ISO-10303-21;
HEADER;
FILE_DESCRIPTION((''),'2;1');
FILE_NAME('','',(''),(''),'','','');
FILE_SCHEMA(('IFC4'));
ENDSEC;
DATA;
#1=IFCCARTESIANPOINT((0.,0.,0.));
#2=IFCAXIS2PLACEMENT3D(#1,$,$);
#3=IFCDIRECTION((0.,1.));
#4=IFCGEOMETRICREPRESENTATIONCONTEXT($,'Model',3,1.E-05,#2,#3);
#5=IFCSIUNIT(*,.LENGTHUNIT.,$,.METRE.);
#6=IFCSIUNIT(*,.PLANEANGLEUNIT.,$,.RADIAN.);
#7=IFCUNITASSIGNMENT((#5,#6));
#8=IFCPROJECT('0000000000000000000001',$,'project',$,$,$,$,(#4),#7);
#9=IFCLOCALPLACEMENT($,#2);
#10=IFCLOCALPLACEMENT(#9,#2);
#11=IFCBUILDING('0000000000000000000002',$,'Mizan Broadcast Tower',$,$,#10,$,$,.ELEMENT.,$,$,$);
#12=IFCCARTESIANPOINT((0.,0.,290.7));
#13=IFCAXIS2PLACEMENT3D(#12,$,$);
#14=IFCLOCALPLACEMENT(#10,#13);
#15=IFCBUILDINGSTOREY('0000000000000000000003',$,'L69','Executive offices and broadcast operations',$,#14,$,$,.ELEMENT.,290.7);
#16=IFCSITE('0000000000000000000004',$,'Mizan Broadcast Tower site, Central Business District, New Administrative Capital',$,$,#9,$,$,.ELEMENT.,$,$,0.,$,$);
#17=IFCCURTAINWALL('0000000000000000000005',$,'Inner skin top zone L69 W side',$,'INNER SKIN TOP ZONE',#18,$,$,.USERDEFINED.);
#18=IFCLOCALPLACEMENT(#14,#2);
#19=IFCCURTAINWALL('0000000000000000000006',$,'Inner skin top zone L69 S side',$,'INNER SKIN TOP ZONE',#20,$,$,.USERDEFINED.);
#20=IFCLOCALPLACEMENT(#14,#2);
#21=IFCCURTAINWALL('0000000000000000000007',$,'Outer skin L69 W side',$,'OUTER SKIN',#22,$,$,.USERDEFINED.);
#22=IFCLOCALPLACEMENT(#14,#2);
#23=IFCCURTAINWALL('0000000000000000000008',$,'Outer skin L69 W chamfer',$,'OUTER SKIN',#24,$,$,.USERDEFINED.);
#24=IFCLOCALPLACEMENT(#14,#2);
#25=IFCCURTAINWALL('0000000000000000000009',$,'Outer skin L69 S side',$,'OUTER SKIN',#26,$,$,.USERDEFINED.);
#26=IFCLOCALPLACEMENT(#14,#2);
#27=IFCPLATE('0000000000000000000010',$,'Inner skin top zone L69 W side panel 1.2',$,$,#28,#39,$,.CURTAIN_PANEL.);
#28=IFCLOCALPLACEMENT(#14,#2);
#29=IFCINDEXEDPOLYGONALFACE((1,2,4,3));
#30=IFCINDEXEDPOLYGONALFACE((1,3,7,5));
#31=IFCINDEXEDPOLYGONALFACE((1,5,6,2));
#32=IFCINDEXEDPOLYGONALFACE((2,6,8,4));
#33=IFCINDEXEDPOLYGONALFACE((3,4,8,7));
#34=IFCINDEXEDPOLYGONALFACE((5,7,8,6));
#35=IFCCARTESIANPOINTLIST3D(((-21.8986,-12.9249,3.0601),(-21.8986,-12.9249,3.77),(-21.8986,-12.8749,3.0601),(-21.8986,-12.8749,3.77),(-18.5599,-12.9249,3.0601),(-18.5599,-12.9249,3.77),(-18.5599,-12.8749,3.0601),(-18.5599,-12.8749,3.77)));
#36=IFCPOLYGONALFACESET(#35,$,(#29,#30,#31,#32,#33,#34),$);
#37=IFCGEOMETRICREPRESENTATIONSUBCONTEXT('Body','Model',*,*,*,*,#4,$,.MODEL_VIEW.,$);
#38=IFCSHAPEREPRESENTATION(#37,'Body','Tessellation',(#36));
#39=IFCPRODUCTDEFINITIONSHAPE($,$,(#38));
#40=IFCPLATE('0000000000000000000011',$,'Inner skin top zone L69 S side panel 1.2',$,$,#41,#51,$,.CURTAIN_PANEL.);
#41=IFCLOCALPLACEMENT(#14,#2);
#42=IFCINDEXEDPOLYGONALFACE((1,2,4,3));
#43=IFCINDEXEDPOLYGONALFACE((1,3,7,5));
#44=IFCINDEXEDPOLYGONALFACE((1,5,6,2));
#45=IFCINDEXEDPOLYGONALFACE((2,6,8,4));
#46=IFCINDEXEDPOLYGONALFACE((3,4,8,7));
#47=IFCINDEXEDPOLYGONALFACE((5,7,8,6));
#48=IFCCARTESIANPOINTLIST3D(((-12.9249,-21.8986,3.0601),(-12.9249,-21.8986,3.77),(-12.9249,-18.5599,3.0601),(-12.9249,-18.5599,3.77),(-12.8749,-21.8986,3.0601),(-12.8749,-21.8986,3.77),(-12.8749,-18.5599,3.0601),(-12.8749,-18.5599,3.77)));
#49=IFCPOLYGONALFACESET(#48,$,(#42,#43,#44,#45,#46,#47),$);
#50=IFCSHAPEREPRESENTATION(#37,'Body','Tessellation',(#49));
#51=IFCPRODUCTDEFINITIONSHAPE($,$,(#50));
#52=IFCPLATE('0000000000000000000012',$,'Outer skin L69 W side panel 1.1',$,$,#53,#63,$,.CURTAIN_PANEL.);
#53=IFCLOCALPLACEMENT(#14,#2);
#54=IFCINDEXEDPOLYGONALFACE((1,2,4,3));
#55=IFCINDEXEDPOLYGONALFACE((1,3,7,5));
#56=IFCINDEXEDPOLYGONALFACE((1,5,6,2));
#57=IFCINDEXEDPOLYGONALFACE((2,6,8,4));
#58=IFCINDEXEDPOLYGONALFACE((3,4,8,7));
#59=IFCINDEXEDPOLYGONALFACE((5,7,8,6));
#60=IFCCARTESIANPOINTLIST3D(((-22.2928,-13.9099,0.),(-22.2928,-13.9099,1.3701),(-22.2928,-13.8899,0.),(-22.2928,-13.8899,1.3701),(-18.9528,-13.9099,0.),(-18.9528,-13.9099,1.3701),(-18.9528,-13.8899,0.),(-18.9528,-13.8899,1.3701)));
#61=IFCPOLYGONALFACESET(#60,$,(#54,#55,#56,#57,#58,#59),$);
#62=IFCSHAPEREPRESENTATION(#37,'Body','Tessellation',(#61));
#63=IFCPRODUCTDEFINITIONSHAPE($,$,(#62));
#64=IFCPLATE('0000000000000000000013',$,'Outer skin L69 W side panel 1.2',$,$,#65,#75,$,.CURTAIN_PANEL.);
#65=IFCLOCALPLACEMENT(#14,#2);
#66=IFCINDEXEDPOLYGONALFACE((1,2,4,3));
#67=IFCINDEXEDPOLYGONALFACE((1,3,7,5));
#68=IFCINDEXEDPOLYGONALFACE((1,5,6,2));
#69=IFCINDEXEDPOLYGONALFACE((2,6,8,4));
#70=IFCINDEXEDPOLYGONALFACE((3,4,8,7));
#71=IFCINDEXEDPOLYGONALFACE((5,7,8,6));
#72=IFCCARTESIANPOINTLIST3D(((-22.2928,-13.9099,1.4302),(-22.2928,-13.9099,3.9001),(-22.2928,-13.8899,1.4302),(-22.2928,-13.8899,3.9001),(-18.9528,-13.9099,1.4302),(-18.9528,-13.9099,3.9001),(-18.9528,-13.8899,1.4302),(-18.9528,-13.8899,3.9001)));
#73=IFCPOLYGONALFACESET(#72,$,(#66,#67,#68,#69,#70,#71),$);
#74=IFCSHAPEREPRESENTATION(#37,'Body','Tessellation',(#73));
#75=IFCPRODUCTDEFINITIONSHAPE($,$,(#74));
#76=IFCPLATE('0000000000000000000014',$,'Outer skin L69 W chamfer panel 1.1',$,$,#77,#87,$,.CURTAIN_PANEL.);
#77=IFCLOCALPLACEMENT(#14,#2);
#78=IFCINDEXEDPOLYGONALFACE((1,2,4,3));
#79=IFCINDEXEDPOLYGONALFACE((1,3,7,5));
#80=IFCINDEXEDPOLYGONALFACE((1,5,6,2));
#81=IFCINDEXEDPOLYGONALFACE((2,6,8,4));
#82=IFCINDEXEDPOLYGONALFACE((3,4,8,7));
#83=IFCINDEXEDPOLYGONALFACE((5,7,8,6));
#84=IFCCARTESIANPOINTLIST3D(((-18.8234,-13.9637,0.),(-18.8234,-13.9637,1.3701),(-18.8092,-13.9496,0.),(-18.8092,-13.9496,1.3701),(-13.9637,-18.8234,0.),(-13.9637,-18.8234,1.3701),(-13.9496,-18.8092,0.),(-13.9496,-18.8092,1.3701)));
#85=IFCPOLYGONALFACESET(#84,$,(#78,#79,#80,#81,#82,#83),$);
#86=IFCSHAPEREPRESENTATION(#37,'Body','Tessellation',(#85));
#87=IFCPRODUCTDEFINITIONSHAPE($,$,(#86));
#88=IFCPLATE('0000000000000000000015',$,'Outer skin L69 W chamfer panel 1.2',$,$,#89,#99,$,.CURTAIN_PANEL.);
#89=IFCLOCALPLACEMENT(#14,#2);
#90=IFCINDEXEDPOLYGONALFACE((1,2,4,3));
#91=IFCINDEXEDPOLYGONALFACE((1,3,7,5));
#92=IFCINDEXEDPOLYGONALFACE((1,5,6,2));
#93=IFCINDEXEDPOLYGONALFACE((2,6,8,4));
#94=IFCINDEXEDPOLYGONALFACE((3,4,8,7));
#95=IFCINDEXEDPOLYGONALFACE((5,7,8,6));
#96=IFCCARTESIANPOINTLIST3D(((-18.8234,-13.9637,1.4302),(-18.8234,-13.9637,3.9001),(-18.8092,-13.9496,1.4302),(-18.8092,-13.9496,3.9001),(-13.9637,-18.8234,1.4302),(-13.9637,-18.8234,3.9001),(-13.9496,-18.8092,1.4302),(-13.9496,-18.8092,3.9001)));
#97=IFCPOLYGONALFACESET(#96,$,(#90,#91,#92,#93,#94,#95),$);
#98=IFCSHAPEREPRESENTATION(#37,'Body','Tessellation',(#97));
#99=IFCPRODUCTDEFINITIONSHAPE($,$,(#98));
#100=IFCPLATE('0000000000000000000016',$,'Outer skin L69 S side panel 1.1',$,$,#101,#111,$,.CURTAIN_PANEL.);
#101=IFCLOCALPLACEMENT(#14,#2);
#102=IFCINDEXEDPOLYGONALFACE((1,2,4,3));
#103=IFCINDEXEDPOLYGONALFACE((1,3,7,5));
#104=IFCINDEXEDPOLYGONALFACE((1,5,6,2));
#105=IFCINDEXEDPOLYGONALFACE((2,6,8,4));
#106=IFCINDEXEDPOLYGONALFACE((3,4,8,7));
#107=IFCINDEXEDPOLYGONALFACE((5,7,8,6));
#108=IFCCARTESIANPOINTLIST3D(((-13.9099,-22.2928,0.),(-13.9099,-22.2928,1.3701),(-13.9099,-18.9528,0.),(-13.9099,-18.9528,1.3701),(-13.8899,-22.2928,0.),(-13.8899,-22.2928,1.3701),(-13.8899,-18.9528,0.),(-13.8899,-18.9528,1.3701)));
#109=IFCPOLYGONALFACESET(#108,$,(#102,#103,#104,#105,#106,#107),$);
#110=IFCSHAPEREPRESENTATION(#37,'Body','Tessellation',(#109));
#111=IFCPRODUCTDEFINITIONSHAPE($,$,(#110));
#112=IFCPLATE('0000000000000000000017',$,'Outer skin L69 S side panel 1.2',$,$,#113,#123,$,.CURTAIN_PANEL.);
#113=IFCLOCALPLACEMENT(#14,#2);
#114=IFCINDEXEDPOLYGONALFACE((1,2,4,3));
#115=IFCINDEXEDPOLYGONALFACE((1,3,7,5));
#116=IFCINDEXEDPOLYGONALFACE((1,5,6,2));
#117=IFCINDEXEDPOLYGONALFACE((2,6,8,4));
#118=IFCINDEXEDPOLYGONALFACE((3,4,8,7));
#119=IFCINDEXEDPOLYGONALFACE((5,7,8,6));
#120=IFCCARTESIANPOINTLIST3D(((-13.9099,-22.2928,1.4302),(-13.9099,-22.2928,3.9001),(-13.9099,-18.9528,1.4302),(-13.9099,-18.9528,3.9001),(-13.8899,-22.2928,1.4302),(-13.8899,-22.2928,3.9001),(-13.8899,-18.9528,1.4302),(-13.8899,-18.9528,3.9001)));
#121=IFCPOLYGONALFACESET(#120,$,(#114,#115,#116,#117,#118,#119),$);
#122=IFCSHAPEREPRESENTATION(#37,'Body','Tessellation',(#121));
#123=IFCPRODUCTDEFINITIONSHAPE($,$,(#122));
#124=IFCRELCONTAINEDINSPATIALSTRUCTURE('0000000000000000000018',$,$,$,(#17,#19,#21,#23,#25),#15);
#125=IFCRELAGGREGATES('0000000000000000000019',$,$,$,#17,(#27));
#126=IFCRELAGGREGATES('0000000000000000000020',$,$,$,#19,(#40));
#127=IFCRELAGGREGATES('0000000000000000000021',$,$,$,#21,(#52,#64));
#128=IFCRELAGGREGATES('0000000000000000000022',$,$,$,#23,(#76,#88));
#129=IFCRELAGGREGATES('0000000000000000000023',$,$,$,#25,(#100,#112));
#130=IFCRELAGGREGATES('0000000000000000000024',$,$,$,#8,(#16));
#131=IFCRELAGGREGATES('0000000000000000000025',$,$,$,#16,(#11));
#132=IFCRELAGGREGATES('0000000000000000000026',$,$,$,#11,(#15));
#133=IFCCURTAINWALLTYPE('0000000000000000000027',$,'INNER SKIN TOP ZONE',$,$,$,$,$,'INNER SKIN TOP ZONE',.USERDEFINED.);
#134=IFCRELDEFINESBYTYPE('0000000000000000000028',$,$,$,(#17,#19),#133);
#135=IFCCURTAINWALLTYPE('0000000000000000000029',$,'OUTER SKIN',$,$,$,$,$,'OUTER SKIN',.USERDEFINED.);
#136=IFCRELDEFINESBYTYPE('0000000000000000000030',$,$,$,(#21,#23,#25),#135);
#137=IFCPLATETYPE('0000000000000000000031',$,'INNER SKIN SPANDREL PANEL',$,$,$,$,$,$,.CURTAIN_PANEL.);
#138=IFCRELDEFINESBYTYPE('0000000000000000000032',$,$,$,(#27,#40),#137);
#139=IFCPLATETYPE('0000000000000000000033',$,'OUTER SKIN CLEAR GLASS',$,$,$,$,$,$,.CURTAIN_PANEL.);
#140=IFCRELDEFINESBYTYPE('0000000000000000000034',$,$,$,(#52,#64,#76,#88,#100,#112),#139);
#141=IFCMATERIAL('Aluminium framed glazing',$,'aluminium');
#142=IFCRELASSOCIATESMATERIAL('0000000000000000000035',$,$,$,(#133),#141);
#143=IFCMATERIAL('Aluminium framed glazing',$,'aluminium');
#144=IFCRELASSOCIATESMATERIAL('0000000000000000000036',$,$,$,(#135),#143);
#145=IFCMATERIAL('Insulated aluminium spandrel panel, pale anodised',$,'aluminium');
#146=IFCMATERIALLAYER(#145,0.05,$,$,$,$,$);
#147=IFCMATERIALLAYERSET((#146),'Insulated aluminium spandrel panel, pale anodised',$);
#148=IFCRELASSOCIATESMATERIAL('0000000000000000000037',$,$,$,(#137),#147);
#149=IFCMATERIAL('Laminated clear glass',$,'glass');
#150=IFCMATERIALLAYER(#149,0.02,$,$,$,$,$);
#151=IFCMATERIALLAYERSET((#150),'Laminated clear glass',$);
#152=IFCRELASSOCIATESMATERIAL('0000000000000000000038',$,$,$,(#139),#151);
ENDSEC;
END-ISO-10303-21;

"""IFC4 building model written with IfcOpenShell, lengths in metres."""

from ifc_helpers import new_model, si_unit, direction, frame, origin, origin_2d, place, context, subcontext, project, spatial, rectangle, extrude, material, layer, layer_set, type_object, element, aggregate, save


model = new_model("IFC4")

# Units and contexts
model_context = context("Model", 3, precision=1e-05, world=origin(), true_north=direction((0.0, 1.0)))
body_context = subcontext(model_context, "Body", "Model", "MODEL_VIEW")
ifc_project = project(units=[si_unit("LENGTHUNIT", "METRE"), si_unit("PLANEANGLEUNIT", "RADIAN")], contexts=[model_context])

# Site, building, storey
site_placement = place(None, origin())
site = spatial("IfcSite", under=ifc_project, at=site_placement, Name="Mizan Broadcast Tower site, Central Business District, New Administrative Capital", CompositionType="ELEMENT", RefElevation=0.0)
building_placement = place(site_placement, origin())
building = spatial("IfcBuilding", under=site, at=building_placement, Name="Mizan Broadcast Tower", CompositionType="ELEMENT")
storey_placement = place(building_placement, frame((0.0, 0.0, 290.7)))
storey = spatial("IfcBuildingStorey", under=building, at=storey_placement, Name="L69", Description="Executive offices and broadcast operations", CompositionType="ELEMENT", Elevation=290.7)

# Curtain walls
ifc_material_1 = material(Name="Aluminium framed glazing", Category="aluminium")
curtain_wall_type_1 = type_object("IfcCurtainWallType", Name="INNER SKIN TOP ZONE", ElementType="INNER SKIN TOP ZONE", PredefinedType="USERDEFINED", material=ifc_material_1)
curtain_wall_1_placement = place(storey_placement, origin())
curtain_wall_1 = element("IfcCurtainWall", 1, at=curtain_wall_1_placement, inside=storey, type_object=curtain_wall_type_1, Name="Inner skin top zone L69 W side", ObjectType="INNER SKIN TOP ZONE", PredefinedType="USERDEFINED")
curtain_wall_2_placement = place(storey_placement, origin())
curtain_wall_2 = element("IfcCurtainWall", 2, at=curtain_wall_2_placement, inside=storey, type_object=curtain_wall_type_1, Name="Inner skin top zone L69 S side", ObjectType="INNER SKIN TOP ZONE", PredefinedType="USERDEFINED")

# Curtain walls
ifc_material_2 = material(Name="Aluminium framed glazing", Category="aluminium")
curtain_wall_type_2 = type_object("IfcCurtainWallType", Name="OUTER SKIN", ElementType="OUTER SKIN", PredefinedType="USERDEFINED", material=ifc_material_2)
curtain_wall_3_placement = place(storey_placement, origin())
curtain_wall_3 = element("IfcCurtainWall", 3, at=curtain_wall_3_placement, inside=storey, type_object=curtain_wall_type_2, Name="Outer skin L69 W side", ObjectType="OUTER SKIN", PredefinedType="USERDEFINED")
curtain_wall_4_placement = place(storey_placement, origin())
curtain_wall_4 = element("IfcCurtainWall", 4, at=curtain_wall_4_placement, inside=storey, type_object=curtain_wall_type_2, Name="Outer skin L69 W chamfer", ObjectType="OUTER SKIN", PredefinedType="USERDEFINED")
curtain_wall_5_placement = place(storey_placement, origin())
curtain_wall_5 = element("IfcCurtainWall", 5, at=curtain_wall_5_placement, inside=storey, type_object=curtain_wall_type_2, Name="Outer skin L69 S side", ObjectType="OUTER SKIN", PredefinedType="USERDEFINED")

# Plates
ifc_material_3 = material(Name="Insulated aluminium spandrel panel, pale anodised", Category="aluminium")
ifc_layer_1 = layer(ifc_material_3, 0.05)
ifc_layer_set_1 = layer_set([ifc_layer_1], Name="Insulated aluminium spandrel panel, pale anodised")
plate_type_1 = type_object("IfcPlateType", Name="INNER SKIN SPANDREL PANEL", PredefinedType="CURTAIN_PANEL", material=ifc_layer_set_1)
plate_1_placement = place(storey_placement, frame((-20.2292, -12.8999, 3.0601), z_axis=(0.0, 0.0, 1.0), x_axis=(1.0, 0.0, 0.0)))
plate_1 = element("IfcPlate", 6, at=plate_1_placement, type_object=plate_type_1, Name="Inner skin top zone L69 W side panel 1.2", PredefinedType="CURTAIN_PANEL", context=body_context, shape_type="SweptSolid", body=[
    extrude(rectangle(XDim=3.3386, YDim=0.05, at=origin_2d()), origin(), (0.0, 0.0, 1.0), 0.71),
])
aggregate(curtain_wall_1, [plate_1])
plate_2_placement = place(storey_placement, frame((-12.8999, -20.2292, 3.0601), z_axis=(0.0, 0.0, 1.0), x_axis=(0.0, -1.0, 0.0)))
plate_2 = element("IfcPlate", 7, at=plate_2_placement, type_object=plate_type_1, Name="Inner skin top zone L69 S side panel 1.2", PredefinedType="CURTAIN_PANEL", context=body_context, shape_type="SweptSolid", body=[
    extrude(rectangle(XDim=3.3386, YDim=0.05, at=origin_2d()), origin(), (0.0, 0.0, 1.0), 0.71),
])
aggregate(curtain_wall_2, [plate_2])
ifc_material_4 = material(Name="Laminated clear glass", Category="glass")
ifc_layer_2 = layer(ifc_material_4, 0.02)
ifc_layer_set_2 = layer_set([ifc_layer_2], Name="Laminated clear glass")
plate_type_2 = type_object("IfcPlateType", Name="OUTER SKIN CLEAR GLASS", PredefinedType="CURTAIN_PANEL", material=ifc_layer_set_2)
plate_3_placement = place(storey_placement, frame((-20.6228, -13.8999, 0.0), z_axis=(0.0, 0.0, 1.0), x_axis=(1.0, 0.0, 0.0)))
plate_3 = element("IfcPlate", 8, at=plate_3_placement, type_object=plate_type_2, Name="Outer skin L69 W side panel 1.1", PredefinedType="CURTAIN_PANEL", context=body_context, shape_type="SweptSolid", body=[
    extrude(rectangle(XDim=3.3401, YDim=0.02, at=origin_2d()), origin(), (0.0, 0.0, 1.0), 1.3701),
])
plate_4_placement = place(storey_placement, frame((-20.6228, -13.8999, 1.4302), z_axis=(0.0, 0.0, 1.0), x_axis=(1.0, 0.0, 0.0)))
plate_4 = element("IfcPlate", 9, at=plate_4_placement, type_object=plate_type_2, Name="Outer skin L69 W side panel 1.2", PredefinedType="CURTAIN_PANEL", context=body_context, shape_type="SweptSolid", body=[
    extrude(rectangle(XDim=3.3401, YDim=0.02, at=origin_2d()), origin(), (0.0, 0.0, 1.0), 2.47),
])
aggregate(curtain_wall_3, [plate_3, plate_4])
plate_5_placement = place(storey_placement, frame((-16.3865, -16.3865, 0.0), z_axis=(0.0, 0.0, 1.0), x_axis=(0.707107, -0.707107, 0.0)))
plate_5 = element("IfcPlate", 10, at=plate_5_placement, type_object=plate_type_2, Name="Outer skin L69 W chamfer panel 1.1", PredefinedType="CURTAIN_PANEL", context=body_context, shape_type="SweptSolid", body=[
    extrude(rectangle(XDim=6.8726, YDim=0.02, at=origin_2d()), origin(), (0.0, 0.0, 1.0), 1.3701),
])
plate_6_placement = place(storey_placement, frame((-16.3865, -16.3865, 1.4302), z_axis=(0.0, 0.0, 1.0), x_axis=(0.707107, -0.707107, 0.0)))
plate_6 = element("IfcPlate", 11, at=plate_6_placement, type_object=plate_type_2, Name="Outer skin L69 W chamfer panel 1.2", PredefinedType="CURTAIN_PANEL", context=body_context, shape_type="SweptSolid", body=[
    extrude(rectangle(XDim=6.8726, YDim=0.02, at=origin_2d()), origin(), (0.0, 0.0, 1.0), 2.47),
])
aggregate(curtain_wall_4, [plate_5, plate_6])
plate_7_placement = place(storey_placement, frame((-13.8999, -20.6228, 0.0), z_axis=(0.0, 0.0, 1.0), x_axis=(0.0, -1.0, 0.0)))
plate_7 = element("IfcPlate", 12, at=plate_7_placement, type_object=plate_type_2, Name="Outer skin L69 S side panel 1.1", PredefinedType="CURTAIN_PANEL", context=body_context, shape_type="SweptSolid", body=[
    extrude(rectangle(XDim=3.3401, YDim=0.02, at=origin_2d()), origin(), (0.0, 0.0, 1.0), 1.3701),
])
plate_8_placement = place(storey_placement, frame((-13.8999, -20.6228, 1.4302), z_axis=(0.0, 0.0, 1.0), x_axis=(0.0, -1.0, 0.0)))
plate_8 = element("IfcPlate", 13, at=plate_8_placement, type_object=plate_type_2, Name="Outer skin L69 S side panel 1.2", PredefinedType="CURTAIN_PANEL", context=body_context, shape_type="SweptSolid", body=[
    extrude(rectangle(XDim=3.3401, YDim=0.02, at=origin_2d()), origin(), (0.0, 0.0, 1.0), 2.47),
])
aggregate(curtain_wall_5, [plate_7, plate_8])

save(model, "model.ifc")
